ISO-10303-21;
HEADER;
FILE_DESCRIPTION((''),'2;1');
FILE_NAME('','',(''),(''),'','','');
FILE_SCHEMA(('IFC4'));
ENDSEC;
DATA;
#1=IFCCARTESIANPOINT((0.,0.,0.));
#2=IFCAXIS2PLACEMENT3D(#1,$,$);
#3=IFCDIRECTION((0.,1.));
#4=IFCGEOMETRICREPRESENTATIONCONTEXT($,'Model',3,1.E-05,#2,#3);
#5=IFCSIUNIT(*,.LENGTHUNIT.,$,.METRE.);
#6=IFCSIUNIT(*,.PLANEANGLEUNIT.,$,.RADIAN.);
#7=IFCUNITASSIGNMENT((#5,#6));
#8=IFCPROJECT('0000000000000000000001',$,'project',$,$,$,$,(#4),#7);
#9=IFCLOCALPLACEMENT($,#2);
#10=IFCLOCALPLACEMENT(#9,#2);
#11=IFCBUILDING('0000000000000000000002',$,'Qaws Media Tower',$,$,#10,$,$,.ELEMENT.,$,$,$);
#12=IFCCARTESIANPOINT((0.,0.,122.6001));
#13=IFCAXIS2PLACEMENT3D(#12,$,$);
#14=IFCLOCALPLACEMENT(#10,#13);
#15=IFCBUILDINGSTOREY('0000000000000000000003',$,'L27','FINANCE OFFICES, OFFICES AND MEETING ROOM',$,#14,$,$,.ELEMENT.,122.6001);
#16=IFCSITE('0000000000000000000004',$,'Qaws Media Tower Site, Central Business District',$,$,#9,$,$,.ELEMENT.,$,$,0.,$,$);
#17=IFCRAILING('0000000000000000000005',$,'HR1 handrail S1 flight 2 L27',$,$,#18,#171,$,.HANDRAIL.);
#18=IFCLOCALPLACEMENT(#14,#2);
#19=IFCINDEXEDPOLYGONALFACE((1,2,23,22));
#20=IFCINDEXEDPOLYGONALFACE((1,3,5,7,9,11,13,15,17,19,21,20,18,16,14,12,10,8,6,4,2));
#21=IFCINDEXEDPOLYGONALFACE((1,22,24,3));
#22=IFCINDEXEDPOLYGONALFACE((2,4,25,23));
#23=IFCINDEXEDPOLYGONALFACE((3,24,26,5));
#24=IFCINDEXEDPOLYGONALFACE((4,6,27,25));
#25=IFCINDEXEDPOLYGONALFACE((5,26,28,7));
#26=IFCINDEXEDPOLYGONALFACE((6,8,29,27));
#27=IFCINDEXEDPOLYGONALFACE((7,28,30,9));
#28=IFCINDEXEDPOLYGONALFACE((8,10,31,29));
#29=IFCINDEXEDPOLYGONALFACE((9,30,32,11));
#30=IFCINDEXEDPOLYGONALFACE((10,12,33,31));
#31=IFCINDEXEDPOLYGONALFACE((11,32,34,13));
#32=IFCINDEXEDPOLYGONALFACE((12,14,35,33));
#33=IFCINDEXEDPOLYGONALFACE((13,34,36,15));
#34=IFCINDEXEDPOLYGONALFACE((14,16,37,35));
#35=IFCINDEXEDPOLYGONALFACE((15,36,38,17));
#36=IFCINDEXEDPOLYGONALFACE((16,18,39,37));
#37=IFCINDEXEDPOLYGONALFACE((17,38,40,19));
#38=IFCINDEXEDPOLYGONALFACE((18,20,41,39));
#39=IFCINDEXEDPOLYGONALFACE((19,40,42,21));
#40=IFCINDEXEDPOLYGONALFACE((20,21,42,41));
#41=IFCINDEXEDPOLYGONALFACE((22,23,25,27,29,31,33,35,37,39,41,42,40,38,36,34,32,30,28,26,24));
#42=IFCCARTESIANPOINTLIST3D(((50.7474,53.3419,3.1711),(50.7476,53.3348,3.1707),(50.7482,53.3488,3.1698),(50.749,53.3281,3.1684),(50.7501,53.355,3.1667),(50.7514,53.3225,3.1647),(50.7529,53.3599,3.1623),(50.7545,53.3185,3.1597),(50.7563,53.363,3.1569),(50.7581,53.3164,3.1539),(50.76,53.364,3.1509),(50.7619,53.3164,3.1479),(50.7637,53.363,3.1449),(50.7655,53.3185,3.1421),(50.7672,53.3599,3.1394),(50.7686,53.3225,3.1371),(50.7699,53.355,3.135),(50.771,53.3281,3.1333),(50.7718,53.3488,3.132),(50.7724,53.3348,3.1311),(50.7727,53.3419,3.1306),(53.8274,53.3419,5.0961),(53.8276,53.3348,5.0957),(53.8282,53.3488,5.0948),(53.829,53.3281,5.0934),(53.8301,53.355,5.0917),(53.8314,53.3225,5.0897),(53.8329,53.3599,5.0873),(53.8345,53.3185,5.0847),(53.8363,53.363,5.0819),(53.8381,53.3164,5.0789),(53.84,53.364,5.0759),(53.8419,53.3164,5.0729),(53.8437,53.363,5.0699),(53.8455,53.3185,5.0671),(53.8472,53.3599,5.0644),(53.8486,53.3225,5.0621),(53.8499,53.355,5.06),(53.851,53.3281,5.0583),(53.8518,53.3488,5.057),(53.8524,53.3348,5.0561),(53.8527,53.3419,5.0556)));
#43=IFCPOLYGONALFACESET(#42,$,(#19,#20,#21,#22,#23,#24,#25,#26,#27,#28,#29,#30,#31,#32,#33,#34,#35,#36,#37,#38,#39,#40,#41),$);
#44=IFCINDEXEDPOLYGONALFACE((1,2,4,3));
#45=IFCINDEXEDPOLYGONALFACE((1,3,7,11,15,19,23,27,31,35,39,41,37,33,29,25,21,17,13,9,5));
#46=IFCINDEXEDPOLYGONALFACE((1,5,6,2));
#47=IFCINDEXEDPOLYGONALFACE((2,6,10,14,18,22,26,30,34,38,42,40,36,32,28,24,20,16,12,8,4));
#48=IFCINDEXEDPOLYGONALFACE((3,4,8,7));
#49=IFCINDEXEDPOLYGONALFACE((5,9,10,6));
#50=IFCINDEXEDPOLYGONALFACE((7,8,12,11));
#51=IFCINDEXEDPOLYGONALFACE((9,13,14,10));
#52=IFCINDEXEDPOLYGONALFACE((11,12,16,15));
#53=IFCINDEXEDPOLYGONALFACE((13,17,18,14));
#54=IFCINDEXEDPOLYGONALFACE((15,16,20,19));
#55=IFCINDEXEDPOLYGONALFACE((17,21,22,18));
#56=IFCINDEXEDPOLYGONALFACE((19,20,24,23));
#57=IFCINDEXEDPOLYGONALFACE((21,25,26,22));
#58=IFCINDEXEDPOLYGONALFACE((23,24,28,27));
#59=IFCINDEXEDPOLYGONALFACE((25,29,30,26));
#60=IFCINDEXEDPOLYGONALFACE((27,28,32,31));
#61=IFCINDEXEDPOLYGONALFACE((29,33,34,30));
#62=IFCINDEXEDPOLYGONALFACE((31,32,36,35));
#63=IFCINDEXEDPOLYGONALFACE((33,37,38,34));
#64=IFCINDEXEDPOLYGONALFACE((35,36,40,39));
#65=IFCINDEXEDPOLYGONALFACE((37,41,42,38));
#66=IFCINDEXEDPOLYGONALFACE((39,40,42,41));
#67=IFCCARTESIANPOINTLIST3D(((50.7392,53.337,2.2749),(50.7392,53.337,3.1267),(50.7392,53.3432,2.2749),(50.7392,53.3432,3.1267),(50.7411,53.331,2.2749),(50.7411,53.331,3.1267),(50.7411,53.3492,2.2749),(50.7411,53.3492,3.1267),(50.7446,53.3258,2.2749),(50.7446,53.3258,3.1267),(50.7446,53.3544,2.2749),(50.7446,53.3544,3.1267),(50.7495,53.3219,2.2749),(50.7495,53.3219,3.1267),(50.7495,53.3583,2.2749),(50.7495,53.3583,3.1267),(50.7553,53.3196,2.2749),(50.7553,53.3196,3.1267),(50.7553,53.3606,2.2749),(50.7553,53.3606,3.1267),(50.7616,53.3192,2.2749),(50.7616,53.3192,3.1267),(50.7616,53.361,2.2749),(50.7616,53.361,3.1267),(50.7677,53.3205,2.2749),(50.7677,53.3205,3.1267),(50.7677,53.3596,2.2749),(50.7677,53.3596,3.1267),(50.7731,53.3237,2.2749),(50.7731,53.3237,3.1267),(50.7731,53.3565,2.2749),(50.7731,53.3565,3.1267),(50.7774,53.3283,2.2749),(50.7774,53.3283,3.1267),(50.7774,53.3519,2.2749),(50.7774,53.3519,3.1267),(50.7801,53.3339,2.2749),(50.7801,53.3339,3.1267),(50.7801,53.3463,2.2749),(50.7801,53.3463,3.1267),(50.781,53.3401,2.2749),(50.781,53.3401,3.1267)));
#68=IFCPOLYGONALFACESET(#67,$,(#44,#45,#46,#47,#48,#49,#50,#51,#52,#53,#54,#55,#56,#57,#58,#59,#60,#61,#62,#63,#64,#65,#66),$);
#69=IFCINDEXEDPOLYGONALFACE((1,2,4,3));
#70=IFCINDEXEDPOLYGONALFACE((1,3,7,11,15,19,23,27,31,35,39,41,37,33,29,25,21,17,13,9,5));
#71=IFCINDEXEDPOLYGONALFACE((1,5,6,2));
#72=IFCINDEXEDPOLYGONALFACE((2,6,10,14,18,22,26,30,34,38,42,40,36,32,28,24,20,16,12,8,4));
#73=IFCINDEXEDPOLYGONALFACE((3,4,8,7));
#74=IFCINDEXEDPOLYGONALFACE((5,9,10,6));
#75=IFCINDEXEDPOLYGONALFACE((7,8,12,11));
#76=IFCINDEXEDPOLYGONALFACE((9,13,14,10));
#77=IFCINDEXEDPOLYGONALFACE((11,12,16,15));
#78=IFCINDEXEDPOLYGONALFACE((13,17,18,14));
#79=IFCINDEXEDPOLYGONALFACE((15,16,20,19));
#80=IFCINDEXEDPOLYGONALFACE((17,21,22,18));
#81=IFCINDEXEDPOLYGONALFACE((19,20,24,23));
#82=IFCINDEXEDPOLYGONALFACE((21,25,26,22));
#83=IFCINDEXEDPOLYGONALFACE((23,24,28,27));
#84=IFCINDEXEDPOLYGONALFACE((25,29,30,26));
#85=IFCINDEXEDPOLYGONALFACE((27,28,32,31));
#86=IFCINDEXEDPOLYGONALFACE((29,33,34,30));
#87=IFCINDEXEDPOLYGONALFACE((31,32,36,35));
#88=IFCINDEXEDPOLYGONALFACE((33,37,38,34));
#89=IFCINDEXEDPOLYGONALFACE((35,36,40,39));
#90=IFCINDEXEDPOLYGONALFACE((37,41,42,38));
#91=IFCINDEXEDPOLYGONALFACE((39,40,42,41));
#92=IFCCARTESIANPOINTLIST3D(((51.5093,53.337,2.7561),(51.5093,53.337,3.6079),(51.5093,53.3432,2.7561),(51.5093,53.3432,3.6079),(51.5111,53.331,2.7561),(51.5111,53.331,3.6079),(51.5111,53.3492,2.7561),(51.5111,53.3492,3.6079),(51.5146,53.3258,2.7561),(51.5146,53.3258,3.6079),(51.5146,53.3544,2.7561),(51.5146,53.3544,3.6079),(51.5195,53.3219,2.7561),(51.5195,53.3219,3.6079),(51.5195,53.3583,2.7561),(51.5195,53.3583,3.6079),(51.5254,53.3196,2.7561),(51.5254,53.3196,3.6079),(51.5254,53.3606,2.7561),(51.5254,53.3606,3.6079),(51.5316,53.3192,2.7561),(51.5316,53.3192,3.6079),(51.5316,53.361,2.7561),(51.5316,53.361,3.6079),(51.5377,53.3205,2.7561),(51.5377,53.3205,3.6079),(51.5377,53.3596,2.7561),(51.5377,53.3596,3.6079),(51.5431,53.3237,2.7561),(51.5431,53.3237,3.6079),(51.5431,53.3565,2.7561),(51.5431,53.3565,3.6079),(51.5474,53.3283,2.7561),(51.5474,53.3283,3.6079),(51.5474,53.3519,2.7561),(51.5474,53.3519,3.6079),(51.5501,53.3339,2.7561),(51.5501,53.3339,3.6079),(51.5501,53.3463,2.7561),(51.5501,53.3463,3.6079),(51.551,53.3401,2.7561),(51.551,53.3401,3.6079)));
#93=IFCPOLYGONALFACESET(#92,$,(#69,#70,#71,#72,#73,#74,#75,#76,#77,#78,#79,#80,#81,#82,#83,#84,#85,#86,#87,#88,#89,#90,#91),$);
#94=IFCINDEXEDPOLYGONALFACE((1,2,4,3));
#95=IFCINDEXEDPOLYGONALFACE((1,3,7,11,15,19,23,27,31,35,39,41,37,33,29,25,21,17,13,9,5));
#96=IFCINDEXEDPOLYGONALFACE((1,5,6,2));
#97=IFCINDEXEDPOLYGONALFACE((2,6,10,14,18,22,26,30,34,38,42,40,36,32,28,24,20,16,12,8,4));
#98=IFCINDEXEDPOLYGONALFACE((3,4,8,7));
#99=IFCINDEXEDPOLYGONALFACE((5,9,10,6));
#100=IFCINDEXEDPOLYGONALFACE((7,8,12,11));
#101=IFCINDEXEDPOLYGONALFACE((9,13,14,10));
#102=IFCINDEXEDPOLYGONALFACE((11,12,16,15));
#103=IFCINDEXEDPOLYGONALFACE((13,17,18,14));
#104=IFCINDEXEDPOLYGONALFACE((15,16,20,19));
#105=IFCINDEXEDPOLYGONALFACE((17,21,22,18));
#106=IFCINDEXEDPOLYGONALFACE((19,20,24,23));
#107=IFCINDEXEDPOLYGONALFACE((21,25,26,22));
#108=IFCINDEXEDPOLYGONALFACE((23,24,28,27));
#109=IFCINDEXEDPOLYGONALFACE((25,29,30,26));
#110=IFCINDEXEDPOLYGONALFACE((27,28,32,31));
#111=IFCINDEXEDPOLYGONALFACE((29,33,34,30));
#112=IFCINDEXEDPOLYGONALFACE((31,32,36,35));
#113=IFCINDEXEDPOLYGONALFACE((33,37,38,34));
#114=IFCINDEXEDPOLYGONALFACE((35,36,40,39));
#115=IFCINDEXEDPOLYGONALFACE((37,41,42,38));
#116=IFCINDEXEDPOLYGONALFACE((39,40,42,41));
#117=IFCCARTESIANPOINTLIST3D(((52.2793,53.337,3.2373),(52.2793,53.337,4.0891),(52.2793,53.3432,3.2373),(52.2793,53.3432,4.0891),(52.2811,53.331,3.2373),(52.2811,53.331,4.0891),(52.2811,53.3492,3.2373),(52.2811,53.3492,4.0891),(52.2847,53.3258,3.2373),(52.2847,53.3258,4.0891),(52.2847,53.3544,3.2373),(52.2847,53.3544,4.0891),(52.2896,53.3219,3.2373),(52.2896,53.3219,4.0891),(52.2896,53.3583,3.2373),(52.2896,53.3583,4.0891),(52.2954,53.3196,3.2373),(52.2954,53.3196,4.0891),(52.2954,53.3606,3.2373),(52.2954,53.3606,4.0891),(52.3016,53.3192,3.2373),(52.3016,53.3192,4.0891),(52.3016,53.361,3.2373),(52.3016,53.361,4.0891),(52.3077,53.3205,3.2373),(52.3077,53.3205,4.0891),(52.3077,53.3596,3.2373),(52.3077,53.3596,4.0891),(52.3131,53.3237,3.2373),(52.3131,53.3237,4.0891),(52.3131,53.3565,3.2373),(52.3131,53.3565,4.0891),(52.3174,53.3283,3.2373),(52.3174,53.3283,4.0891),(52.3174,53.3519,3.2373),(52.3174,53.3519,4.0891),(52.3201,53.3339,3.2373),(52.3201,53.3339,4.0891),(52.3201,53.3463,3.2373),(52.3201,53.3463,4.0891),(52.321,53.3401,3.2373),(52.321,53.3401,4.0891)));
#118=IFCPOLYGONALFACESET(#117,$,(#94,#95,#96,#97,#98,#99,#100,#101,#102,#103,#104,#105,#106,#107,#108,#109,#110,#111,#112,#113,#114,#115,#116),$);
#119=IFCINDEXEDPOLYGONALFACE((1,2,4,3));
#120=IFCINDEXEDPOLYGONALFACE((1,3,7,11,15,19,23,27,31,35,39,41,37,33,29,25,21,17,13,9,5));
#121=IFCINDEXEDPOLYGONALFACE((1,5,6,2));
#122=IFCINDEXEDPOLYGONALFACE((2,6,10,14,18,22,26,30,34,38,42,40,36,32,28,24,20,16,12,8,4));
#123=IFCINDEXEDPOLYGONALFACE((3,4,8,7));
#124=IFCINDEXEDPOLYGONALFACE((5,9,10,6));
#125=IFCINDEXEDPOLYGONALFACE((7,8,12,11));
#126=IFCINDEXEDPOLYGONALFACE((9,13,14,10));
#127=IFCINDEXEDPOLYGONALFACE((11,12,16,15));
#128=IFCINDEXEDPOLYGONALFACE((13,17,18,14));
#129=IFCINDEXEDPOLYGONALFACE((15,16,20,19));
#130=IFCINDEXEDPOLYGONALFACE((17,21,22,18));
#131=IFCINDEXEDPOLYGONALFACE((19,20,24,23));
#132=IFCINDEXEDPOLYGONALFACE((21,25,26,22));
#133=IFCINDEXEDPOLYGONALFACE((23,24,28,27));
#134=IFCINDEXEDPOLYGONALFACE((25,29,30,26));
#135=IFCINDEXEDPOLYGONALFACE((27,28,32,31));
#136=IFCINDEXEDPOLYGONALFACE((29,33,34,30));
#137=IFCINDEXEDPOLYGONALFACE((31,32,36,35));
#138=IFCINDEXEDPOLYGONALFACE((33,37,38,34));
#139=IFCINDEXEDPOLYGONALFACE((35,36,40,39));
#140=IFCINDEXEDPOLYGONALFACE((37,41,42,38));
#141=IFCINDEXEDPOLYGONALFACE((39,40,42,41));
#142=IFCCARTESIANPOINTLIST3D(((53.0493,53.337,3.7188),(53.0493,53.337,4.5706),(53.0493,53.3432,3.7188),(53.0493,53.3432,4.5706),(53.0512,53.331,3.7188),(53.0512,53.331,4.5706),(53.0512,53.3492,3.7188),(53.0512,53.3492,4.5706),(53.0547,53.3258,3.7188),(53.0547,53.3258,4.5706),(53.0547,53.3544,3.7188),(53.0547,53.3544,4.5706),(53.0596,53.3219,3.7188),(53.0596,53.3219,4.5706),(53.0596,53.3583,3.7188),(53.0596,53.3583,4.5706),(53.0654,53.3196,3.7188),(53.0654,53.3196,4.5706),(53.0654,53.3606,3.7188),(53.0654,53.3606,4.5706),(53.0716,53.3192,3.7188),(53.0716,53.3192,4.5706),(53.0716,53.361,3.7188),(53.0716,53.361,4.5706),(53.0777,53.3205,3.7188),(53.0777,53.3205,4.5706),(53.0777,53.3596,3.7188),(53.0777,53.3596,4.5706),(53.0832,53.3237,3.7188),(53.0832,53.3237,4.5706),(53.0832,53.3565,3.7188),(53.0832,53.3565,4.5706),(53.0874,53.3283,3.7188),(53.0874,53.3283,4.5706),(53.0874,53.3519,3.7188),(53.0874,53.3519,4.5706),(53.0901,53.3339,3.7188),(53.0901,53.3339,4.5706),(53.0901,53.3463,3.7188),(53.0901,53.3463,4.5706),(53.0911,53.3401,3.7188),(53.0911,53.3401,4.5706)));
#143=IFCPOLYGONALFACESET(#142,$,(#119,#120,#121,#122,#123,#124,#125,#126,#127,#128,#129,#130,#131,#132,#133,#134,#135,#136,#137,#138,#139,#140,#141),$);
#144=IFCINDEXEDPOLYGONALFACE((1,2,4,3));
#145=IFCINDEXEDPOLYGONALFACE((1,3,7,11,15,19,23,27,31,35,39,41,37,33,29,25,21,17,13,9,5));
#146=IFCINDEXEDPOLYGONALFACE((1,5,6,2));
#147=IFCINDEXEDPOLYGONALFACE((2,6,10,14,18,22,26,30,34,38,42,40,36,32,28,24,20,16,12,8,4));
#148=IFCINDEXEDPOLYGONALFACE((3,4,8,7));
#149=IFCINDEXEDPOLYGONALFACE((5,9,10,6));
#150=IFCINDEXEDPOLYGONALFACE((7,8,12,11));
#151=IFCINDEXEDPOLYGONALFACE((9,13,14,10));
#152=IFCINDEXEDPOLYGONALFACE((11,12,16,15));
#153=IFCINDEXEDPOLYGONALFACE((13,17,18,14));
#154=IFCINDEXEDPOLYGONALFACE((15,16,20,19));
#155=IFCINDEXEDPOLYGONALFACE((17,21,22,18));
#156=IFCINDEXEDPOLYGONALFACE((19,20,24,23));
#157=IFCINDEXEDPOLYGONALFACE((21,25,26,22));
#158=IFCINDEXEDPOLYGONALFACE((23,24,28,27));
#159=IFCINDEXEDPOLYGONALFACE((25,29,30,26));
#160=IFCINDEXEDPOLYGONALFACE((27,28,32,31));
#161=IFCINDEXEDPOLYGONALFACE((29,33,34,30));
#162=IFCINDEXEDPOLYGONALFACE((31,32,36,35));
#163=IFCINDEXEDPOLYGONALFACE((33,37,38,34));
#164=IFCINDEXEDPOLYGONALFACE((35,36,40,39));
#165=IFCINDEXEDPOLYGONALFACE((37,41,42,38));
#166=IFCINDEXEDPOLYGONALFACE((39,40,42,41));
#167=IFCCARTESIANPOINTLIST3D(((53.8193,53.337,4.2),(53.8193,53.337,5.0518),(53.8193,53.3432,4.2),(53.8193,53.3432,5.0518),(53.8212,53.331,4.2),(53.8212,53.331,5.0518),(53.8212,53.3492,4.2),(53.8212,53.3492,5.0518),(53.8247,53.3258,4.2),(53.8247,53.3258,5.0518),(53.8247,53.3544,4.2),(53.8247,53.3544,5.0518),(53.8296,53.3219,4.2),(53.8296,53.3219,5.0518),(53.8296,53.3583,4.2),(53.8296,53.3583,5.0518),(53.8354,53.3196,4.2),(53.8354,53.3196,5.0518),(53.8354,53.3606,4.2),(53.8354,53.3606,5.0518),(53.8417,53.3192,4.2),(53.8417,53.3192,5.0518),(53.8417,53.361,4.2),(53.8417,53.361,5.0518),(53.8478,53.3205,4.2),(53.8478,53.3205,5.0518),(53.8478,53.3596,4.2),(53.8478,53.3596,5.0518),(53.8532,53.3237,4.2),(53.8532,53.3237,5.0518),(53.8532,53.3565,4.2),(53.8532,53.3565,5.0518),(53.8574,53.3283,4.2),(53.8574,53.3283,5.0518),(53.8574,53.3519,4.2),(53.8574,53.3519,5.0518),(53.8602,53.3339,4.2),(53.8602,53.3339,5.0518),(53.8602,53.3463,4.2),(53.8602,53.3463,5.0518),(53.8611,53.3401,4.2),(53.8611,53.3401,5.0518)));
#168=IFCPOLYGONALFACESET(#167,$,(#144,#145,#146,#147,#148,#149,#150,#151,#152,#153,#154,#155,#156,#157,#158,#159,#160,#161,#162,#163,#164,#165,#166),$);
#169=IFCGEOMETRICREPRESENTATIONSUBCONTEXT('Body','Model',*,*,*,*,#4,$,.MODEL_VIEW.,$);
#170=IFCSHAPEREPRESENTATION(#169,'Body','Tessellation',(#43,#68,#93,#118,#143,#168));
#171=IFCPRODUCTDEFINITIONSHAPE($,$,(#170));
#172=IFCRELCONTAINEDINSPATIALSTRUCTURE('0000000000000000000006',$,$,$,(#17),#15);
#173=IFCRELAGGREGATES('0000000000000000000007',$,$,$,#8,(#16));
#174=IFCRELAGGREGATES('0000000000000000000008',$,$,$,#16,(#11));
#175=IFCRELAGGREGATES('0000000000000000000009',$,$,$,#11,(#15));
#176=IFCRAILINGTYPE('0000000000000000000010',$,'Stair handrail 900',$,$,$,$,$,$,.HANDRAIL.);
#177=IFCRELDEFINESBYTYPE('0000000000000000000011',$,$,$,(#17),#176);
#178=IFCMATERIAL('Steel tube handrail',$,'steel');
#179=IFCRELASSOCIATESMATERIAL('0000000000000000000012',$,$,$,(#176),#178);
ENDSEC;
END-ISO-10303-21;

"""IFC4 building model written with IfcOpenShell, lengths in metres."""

from ifc_helpers import new_model, si_unit, direction, frame, origin, origin_2d, place, context, subcontext, project, spatial, circle, extrude, material, type_object, element, save


model = new_model("IFC4")

# Units and contexts
model_context = context("Model", 3, precision=1e-05, world=origin(), true_north=direction((0.0, 1.0)))
body_context = subcontext(model_context, "Body", "Model", "MODEL_VIEW")
ifc_project = project(units=[si_unit("LENGTHUNIT", "METRE"), si_unit("PLANEANGLEUNIT", "RADIAN")], contexts=[model_context])

# Site, building, storey
site_placement = place(None, origin())
site = spatial("IfcSite", under=ifc_project, at=site_placement, Name="Qaws Media Tower Site, Central Business District", CompositionType="ELEMENT", RefElevation=0.0)
building_placement = place(site_placement, origin())
building = spatial("IfcBuilding", under=site, at=building_placement, Name="Qaws Media Tower", CompositionType="ELEMENT")
storey_placement = place(building_placement, frame((0.0, 0.0, 122.6001)))
storey = spatial("IfcBuildingStorey", under=building, at=storey_placement, Name="L27", Description="FINANCE OFFICES, OFFICES AND MEETING ROOM", CompositionType="ELEMENT", Elevation=122.6001)

# Railing
ifc_material_1 = material(Name="Steel tube handrail", Category="steel")
railing_type = type_object("IfcRailingType", Name="Stair handrail 900", PredefinedType="HANDRAIL", material=ifc_material_1)
for number, where, name in (
    (1, (50.76, 53.3401, 2.2749), "HR1 handrail S1 flight 2 L27"),
):
    element("IfcRailing", number, at=place(storey_placement, frame(where)), inside=storey, type_object=railing_type, Name=name, PredefinedType="HANDRAIL", context=body_context, shape_type="SweptSolid", body=[
        extrude(circle(Radius=0.0239, at=origin_2d()), frame((0.0, 0.0, 0.876), z_axis=(0.847998, 0.0, 0.529999), x_axis=(0.0, 1.0, 0.0)), (0.0, 0.0, 1.0), 3.6321),
        extrude(circle(Radius=0.021, at=origin_2d()), origin(), (0.0, 0.0, 1.0), 0.8518),
        extrude(circle(Radius=0.021, at=origin_2d()), frame((0.77, 0.0, 0.4812)), (0.0, 0.0, 1.0), 0.8518),
        extrude(circle(Radius=0.021, at=origin_2d()), frame((1.54, 0.0, 0.9624)), (0.0, 0.0, 1.0), 0.8518),
        extrude(circle(Radius=0.021, at=origin_2d()), frame((2.3101, 0.0, 1.4438)), (0.0, 0.0, 1.0), 0.8518),
        extrude(circle(Radius=0.021, at=origin_2d()), frame((3.0801, 0.0, 1.925)), (0.0, 0.0, 1.0), 0.8518),
    ])

save(model, "model.ifc")
